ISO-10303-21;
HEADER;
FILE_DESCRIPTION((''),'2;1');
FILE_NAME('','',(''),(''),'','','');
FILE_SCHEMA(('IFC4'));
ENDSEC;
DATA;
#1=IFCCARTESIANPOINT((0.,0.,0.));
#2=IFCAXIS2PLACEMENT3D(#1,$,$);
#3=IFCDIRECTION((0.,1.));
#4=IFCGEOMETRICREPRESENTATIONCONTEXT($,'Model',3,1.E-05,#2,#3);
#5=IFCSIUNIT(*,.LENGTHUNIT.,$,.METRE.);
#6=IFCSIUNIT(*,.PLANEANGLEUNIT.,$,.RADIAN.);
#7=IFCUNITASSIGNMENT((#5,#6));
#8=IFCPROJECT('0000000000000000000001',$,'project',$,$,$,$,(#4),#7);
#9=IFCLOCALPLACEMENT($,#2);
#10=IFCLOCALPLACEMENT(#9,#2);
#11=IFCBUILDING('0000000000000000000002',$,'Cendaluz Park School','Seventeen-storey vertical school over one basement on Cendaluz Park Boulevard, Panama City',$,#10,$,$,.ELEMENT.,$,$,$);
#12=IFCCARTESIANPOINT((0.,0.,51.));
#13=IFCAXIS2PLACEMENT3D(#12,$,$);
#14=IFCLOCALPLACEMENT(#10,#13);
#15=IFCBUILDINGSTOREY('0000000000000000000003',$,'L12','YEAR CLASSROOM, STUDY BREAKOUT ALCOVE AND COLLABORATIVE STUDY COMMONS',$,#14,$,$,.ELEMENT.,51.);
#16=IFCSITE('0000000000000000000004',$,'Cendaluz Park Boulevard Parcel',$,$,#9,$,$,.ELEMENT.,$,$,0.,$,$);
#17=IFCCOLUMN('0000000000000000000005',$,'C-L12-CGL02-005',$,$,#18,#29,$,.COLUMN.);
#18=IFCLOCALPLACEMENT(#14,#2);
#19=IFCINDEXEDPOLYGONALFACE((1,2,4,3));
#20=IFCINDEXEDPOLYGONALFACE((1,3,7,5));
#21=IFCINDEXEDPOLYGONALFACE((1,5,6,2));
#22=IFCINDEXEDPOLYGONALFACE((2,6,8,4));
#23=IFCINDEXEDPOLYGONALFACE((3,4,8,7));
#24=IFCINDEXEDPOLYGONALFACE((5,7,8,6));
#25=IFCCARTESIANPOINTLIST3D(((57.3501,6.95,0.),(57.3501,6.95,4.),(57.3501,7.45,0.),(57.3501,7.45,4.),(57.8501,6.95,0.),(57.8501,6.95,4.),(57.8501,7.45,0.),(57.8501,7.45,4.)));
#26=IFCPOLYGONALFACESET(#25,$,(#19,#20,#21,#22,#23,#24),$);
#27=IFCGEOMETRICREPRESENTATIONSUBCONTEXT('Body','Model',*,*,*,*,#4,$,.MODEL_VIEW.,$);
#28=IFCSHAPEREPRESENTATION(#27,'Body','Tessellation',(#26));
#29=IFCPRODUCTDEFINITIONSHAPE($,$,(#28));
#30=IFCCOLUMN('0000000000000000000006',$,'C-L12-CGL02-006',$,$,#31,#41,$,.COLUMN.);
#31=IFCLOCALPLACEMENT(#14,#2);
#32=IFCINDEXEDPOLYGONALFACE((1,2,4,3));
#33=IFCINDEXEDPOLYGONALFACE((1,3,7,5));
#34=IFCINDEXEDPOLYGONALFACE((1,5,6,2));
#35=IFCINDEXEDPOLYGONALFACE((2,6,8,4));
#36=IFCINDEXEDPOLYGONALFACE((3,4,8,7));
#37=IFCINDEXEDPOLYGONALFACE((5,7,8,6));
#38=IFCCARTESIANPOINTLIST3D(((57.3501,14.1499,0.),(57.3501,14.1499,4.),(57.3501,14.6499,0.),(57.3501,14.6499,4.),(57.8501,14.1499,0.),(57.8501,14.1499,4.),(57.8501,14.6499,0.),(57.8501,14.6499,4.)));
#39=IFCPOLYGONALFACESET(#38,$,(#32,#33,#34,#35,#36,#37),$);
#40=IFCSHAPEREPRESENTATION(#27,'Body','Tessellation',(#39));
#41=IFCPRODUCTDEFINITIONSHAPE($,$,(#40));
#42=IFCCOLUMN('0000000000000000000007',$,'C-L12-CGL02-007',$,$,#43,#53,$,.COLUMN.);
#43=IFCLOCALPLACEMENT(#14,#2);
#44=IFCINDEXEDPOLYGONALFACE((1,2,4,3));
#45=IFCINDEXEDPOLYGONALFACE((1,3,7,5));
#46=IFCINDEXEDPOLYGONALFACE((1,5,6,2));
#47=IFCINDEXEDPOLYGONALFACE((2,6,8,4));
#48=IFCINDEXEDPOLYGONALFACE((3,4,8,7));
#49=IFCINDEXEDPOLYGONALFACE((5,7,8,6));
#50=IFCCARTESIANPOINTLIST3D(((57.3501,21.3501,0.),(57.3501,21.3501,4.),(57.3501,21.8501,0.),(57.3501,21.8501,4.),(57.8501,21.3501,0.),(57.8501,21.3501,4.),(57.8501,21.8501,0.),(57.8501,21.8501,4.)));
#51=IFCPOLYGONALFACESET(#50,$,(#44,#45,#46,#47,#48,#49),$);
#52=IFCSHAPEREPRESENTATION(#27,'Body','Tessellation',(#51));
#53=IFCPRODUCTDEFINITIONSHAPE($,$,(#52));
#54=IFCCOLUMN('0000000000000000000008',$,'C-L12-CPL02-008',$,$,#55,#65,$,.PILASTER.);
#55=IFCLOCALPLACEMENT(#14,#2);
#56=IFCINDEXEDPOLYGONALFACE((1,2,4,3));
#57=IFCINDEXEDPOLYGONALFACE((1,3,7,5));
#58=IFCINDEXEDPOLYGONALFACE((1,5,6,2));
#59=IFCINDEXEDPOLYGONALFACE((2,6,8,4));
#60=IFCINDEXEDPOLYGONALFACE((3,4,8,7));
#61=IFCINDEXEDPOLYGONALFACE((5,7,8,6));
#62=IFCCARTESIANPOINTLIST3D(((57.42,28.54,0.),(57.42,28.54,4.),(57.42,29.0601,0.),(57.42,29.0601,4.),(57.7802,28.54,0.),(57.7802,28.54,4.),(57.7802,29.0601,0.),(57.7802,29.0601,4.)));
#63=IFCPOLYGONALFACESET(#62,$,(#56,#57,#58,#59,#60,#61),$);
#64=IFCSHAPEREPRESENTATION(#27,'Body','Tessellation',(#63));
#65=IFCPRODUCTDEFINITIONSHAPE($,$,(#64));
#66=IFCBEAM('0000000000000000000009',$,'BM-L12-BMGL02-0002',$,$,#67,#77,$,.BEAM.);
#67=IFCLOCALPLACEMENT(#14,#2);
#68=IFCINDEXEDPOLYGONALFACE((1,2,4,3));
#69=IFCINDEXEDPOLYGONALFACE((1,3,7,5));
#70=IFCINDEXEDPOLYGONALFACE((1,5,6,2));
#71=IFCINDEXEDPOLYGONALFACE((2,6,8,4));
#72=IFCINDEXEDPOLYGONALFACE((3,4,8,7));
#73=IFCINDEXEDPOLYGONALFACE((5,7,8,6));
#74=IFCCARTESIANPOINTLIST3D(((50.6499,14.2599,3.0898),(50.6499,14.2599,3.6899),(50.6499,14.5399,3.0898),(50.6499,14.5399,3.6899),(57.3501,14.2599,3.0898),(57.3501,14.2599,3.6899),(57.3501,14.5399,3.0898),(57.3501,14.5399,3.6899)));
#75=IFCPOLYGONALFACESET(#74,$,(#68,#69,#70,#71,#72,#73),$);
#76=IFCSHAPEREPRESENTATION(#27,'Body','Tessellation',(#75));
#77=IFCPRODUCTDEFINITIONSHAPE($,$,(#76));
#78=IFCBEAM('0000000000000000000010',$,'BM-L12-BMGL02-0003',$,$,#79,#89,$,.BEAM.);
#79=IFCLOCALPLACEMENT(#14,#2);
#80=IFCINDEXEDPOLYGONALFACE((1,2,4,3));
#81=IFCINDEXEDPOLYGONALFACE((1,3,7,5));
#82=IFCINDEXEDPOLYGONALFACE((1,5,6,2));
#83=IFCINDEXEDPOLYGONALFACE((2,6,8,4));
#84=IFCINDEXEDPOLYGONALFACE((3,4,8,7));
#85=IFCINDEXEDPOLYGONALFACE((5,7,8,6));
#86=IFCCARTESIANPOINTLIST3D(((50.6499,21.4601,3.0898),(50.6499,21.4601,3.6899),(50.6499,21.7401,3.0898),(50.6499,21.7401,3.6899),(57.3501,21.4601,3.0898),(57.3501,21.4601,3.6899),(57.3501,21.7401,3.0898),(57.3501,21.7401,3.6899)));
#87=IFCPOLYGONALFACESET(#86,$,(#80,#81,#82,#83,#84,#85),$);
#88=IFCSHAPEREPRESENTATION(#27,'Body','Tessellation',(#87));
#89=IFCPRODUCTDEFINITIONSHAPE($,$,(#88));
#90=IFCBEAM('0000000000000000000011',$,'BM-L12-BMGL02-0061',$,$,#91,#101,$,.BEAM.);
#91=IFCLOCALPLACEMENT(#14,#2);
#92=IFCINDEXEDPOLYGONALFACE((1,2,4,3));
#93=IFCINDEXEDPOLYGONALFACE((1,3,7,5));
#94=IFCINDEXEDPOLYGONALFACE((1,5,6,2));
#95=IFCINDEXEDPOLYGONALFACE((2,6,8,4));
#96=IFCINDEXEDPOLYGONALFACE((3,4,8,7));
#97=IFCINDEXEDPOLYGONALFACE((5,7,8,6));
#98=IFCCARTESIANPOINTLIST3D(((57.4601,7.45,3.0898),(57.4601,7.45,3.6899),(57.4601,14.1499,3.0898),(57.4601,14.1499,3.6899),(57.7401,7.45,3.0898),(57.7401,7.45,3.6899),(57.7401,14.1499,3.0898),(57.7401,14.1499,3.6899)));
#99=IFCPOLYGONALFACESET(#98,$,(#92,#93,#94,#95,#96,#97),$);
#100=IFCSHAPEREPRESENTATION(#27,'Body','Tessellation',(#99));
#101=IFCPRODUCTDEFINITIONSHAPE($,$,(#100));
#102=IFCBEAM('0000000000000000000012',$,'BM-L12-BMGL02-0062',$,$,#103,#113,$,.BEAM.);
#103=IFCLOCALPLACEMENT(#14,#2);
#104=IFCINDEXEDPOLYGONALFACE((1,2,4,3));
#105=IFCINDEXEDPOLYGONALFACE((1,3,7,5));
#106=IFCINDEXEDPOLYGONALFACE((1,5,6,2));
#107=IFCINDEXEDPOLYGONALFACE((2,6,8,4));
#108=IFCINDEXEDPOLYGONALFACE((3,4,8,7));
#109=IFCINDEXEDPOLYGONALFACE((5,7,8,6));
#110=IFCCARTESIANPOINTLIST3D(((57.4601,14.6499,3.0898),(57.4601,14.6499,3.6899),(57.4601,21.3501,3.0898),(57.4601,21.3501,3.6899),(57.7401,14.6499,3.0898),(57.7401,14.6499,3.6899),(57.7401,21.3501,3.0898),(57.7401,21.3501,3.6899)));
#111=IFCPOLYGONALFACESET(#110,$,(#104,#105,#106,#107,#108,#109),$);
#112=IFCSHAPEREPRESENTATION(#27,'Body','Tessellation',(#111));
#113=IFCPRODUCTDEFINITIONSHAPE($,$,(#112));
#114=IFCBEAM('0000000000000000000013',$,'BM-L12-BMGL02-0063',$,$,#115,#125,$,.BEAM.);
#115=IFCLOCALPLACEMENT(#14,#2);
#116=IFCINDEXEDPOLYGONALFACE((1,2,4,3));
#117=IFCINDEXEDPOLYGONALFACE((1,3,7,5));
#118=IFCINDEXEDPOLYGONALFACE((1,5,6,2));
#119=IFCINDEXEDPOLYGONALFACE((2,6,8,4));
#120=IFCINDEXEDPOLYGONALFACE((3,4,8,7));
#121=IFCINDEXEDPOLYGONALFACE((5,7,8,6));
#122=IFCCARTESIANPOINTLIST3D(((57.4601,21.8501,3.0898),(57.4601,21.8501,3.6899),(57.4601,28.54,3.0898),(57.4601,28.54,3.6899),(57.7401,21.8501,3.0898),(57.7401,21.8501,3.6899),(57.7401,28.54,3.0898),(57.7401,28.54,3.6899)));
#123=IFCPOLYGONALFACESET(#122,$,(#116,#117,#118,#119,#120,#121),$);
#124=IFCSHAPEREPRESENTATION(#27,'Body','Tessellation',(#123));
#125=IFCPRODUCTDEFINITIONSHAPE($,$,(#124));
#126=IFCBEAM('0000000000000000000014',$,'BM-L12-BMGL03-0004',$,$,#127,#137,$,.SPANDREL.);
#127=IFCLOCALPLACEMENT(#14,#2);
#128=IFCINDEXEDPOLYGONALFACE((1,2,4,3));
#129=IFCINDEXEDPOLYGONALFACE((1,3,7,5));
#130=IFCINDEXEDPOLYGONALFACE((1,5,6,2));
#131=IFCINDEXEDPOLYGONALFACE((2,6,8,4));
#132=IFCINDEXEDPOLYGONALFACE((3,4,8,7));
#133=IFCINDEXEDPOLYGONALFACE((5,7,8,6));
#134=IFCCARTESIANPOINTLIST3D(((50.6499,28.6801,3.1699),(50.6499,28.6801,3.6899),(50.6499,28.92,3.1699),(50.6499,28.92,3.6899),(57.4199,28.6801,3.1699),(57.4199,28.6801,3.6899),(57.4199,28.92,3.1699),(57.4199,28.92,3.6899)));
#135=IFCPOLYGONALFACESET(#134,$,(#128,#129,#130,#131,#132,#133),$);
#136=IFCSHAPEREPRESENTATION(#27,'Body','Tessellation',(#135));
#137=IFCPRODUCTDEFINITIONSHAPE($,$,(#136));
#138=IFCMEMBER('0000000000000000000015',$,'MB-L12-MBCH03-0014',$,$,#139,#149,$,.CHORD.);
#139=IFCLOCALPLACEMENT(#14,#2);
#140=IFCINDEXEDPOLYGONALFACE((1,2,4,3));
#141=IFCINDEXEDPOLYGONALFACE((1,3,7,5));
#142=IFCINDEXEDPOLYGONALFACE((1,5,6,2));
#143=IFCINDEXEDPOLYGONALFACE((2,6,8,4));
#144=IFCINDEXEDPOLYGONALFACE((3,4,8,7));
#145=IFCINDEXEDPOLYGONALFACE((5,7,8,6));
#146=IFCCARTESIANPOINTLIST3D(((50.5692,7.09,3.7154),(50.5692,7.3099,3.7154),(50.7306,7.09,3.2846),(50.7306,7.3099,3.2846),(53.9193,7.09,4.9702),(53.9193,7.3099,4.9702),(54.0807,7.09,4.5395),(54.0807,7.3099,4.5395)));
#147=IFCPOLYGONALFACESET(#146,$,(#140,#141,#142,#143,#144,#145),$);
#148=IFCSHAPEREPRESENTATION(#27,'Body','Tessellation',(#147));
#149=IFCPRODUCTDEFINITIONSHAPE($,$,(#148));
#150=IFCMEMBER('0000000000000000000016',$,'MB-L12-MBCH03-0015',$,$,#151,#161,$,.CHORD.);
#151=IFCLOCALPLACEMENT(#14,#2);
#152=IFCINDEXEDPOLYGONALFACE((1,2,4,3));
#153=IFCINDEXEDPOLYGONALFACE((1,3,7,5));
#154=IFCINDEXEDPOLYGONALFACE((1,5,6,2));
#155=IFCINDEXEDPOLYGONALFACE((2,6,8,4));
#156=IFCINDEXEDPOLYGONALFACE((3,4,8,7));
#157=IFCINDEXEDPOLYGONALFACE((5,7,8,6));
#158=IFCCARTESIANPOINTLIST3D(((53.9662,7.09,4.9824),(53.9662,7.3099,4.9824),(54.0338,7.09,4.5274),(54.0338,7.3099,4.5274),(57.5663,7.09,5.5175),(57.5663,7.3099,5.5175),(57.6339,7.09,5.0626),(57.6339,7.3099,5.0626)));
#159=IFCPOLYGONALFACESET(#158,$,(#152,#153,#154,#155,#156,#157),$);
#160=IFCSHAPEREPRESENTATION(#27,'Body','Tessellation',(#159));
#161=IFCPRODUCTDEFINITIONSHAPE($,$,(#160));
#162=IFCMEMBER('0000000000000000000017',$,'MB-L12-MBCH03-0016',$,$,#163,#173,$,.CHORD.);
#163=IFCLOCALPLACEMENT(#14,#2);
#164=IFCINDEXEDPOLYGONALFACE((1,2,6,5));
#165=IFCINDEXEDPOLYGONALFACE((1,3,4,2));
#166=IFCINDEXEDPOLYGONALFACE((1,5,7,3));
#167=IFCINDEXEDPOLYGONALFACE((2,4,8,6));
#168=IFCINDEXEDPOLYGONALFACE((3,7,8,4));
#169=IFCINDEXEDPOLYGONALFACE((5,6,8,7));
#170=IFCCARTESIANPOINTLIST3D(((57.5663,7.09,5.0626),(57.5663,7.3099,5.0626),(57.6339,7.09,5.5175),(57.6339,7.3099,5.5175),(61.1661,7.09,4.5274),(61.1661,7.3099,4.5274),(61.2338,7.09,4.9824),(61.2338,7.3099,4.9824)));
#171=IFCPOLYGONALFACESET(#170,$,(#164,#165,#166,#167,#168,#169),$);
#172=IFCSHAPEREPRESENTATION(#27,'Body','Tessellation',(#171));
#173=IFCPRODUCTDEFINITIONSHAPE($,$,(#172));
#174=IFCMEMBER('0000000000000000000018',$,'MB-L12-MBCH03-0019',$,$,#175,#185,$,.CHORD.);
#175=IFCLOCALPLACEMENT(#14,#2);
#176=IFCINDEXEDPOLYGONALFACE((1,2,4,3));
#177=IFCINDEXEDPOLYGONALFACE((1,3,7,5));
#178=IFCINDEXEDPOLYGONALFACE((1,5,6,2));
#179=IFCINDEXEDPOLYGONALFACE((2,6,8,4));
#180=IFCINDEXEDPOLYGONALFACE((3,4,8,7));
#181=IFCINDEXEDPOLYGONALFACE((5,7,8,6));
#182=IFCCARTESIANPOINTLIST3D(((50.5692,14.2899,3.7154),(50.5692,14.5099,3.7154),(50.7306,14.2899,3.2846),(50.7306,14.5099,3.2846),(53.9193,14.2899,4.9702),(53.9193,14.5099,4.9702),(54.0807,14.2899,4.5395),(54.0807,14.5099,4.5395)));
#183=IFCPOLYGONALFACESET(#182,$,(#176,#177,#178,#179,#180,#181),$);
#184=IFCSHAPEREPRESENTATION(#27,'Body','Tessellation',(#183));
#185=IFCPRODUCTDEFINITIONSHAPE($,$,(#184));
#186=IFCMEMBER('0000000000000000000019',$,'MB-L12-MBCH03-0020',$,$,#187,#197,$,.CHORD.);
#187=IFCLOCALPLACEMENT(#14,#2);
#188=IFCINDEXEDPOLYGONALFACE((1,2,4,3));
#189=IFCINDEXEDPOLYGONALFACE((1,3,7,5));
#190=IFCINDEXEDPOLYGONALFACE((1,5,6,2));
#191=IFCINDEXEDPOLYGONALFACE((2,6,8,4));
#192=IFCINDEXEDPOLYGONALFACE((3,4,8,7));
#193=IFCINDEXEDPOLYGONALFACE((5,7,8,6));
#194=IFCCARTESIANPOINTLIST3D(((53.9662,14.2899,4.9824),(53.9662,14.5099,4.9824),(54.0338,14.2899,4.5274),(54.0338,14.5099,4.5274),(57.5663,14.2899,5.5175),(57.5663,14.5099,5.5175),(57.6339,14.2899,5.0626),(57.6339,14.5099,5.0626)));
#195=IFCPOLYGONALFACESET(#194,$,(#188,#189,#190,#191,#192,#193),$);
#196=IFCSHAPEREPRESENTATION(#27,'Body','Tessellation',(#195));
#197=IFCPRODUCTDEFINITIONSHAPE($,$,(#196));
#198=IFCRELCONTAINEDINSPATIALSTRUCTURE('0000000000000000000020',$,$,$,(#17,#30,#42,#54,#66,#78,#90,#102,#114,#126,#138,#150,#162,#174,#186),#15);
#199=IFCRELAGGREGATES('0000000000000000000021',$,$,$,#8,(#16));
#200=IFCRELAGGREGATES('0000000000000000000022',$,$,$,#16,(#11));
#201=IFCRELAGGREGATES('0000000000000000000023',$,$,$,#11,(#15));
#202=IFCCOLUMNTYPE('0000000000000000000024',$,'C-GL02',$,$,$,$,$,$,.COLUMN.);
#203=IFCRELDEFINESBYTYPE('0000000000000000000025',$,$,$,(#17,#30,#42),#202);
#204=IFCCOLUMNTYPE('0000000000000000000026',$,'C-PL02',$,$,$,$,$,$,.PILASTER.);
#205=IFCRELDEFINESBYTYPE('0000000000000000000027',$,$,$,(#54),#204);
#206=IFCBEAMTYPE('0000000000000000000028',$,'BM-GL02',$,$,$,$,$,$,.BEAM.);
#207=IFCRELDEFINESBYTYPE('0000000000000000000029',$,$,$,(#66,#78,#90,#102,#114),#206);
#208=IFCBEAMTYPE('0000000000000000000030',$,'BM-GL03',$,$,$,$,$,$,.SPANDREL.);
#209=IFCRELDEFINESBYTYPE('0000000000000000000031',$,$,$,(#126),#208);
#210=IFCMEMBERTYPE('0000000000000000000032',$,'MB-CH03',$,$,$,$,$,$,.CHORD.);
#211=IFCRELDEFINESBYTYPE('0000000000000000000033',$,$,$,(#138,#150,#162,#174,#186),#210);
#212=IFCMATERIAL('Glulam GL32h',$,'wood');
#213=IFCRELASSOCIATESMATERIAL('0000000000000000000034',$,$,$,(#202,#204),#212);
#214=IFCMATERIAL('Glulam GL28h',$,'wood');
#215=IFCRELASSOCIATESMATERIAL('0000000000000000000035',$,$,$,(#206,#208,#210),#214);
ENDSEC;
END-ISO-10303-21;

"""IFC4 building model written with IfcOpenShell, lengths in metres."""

from ifc_helpers import new_model, si_unit, direction, frame, origin, origin_2d, place, context, subcontext, project, spatial, rectangle, extrude, material, material_profile, profile_set, type_object, element, save


model = new_model("IFC4")

# Units and contexts
model_context = context("Model", 3, precision=1e-05, world=origin(), true_north=direction((0.0, 1.0)))
body_context = subcontext(model_context, "Body", "Model", "MODEL_VIEW")
ifc_project = project(units=[si_unit("LENGTHUNIT", "METRE"), si_unit("PLANEANGLEUNIT", "RADIAN")], contexts=[model_context])

# Site, building, storey
site_placement = place(None, origin())
site = spatial("IfcSite", under=ifc_project, at=site_placement, Name="Cendaluz Park Boulevard Parcel", CompositionType="ELEMENT", RefElevation=0.0)
building_placement = place(site_placement, origin())
building = spatial("IfcBuilding", under=site, at=building_placement, Name="Cendaluz Park School", Description="Seventeen-storey vertical school over one basement on Cendaluz Park Boulevard, Panama City", CompositionType="ELEMENT")
storey_placement = place(building_placement, frame((0.0, 0.0, 51.0)))
storey = spatial("IfcBuildingStorey", under=building, at=storey_placement, Name="L12", Description="YEAR CLASSROOM, STUDY BREAKOUT ALCOVE AND COLLABORATIVE STUDY COMMONS", CompositionType="ELEMENT", Elevation=51.0)

# Columns
ifc_material_1 = material(Name="Glulam GL32h", Category="wood")
ifc_material_profile_1 = material_profile(ifc_material_1, rectangle(XDim=0.5, YDim=0.5, at=origin_2d()), Name="GL32h 500x500", Category="wood")
ifc_profile_set_1 = profile_set([ifc_material_profile_1], Name="Glulam GL32h")
column_type_1 = type_object("IfcColumnType", Name="C-GL02", PredefinedType="COLUMN", material=ifc_profile_set_1)
for number, where, z_axis, x_axis, name in (
    (1, (57.6001, 7.2, 0.0), (0.0, 0.0, 1.0), (1.0, 0.0, 0.0), "C-L12-CGL02-005"),
    (2, (57.6001, 14.3999, 0.0), (0.0, 0.0, 1.0), (1.0, 0.0, 0.0), "C-L12-CGL02-006"),
    (3, (57.6001, 21.6001, 0.0), (0.0, 0.0, 1.0), (1.0, 0.0, 0.0), "C-L12-CGL02-007"),
):
    element("IfcColumn", number, at=place(storey_placement, frame(where, z_axis=z_axis, x_axis=x_axis)), inside=storey, type_object=column_type_1, Name=name, PredefinedType="COLUMN", context=body_context, shape_type="SweptSolid", body=[
        extrude(rectangle(XDim=0.5, YDim=0.5, at=origin_2d()), origin(), (0.0, 0.0, 1.0), 4.0),
    ])
ifc_material_profile_2 = material_profile(ifc_material_1, rectangle(XDim=0.3601, YDim=0.52, at=origin_2d()), Name="GL32h 360x520", Category="wood")
ifc_profile_set_2 = profile_set([ifc_material_profile_2], Name="Glulam GL32h")
column_type_2 = type_object("IfcColumnType", Name="C-PL02", PredefinedType="PILASTER", material=ifc_profile_set_2)
column_placement = place(storey_placement, frame((57.6001, 28.8, 0.0), z_axis=(0.0, 0.0, 1.0), x_axis=(1.0, 0.0, 0.0)))
element("IfcColumn", 4, at=column_placement, inside=storey, type_object=column_type_2, Name="C-L12-CPL02-008", PredefinedType="PILASTER", context=body_context, shape_type="SweptSolid", body=[
    extrude(rectangle(XDim=0.3601, YDim=0.52, at=origin_2d()), origin(), (0.0, 0.0, 1.0), 4.0),
])

# Beams
ifc_material_2 = material(Name="Glulam GL28h", Category="wood")
ifc_material_profile_3 = material_profile(ifc_material_2, rectangle(XDim=0.28, YDim=0.6001, at=origin_2d()), Name="GL28h 280x600", Category="wood")
ifc_profile_set_3 = profile_set([ifc_material_profile_3], Name="Glulam GL28h")
beam_type_1 = type_object("IfcBeamType", Name="BM-GL02", PredefinedType="BEAM", material=ifc_profile_set_3)
for number, where, z_axis, x_axis, name in (
    (5, (50.6499, 14.3999, 3.3899), (1.0, 0.0, 0.0), (0.0, 1.0, 0.0), "BM-L12-BMGL02-0002"),
    (6, (50.6499, 21.6001, 3.3899), (1.0, 0.0, 0.0), (0.0, 1.0, 0.0), "BM-L12-BMGL02-0003"),
):
    element("IfcBeam", number, at=place(storey_placement, frame(where, z_axis=z_axis, x_axis=x_axis)), inside=storey, type_object=beam_type_1, Name=name, PredefinedType="BEAM", context=body_context, shape_type="SweptSolid", body=[
        extrude(rectangle(XDim=0.28, YDim=0.6001, at=origin_2d()), origin(), (0.0, 0.0, 1.0), 6.7002),
    ])
beam_1_placement = place(storey_placement, frame((57.6001, 7.45, 3.3899), z_axis=(0.0, 1.0, 0.0), x_axis=(-1.0, 0.0, 0.0)))
element("IfcBeam", 7, at=beam_1_placement, inside=storey, type_object=beam_type_1, Name="BM-L12-BMGL02-0061", PredefinedType="BEAM", context=body_context, shape_type="SweptSolid", body=[
    extrude(rectangle(XDim=0.28, YDim=0.6001, at=origin_2d()), origin(), (0.0, 0.0, 1.0), 6.7),
])
beam_2_placement = place(storey_placement, frame((57.6001, 14.6499, 3.3899), z_axis=(0.0, 1.0, 0.0), x_axis=(-1.0, 0.0, 0.0)))
element("IfcBeam", 8, at=beam_2_placement, inside=storey, type_object=beam_type_1, Name="BM-L12-BMGL02-0062", PredefinedType="BEAM", context=body_context, shape_type="SweptSolid", body=[
    extrude(rectangle(XDim=0.28, YDim=0.6001, at=origin_2d()), origin(), (0.0, 0.0, 1.0), 6.7002),
])
beam_3_placement = place(storey_placement, frame((57.6001, 21.8501, 3.3899), z_axis=(0.0, 1.0, 0.0), x_axis=(-1.0, 0.0, 0.0)))
element("IfcBeam", 9, at=beam_3_placement, inside=storey, type_object=beam_type_1, Name="BM-L12-BMGL02-0063", PredefinedType="BEAM", context=body_context, shape_type="SweptSolid", body=[
    extrude(rectangle(XDim=0.28, YDim=0.6001, at=origin_2d()), origin(), (0.0, 0.0, 1.0), 6.6899),
])
ifc_material_profile_4 = material_profile(ifc_material_2, rectangle(XDim=0.24, YDim=0.52, at=origin_2d()), Name="GL28h 240x520", Category="wood")
ifc_profile_set_4 = profile_set([ifc_material_profile_4], Name="Glulam GL28h")
beam_type_2 = type_object("IfcBeamType", Name="BM-GL03", PredefinedType="SPANDREL", material=ifc_profile_set_4)
beam_4_placement = place(storey_placement, frame((50.6499, 28.8, 3.4299), z_axis=(1.0, 0.0, 0.0), x_axis=(0.0, 1.0, 0.0)))
element("IfcBeam", 10, at=beam_4_placement, inside=storey, type_object=beam_type_2, Name="BM-L12-BMGL03-0004", PredefinedType="SPANDREL", context=body_context, shape_type="SweptSolid", body=[
    extrude(rectangle(XDim=0.24, YDim=0.52, at=origin_2d()), origin(), (0.0, 0.0, 1.0), 6.77),
])

# Members
ifc_material_profile_5 = material_profile(ifc_material_2, rectangle(XDim=0.22, YDim=0.46, at=origin_2d()), Name="GL28h 220x460", Category="wood")
ifc_profile_set_5 = profile_set([ifc_material_profile_5], Name="Glulam GL28h")
member_type_1 = type_object("IfcMemberType", Name="MB-CH03", PredefinedType="CHORD", material=ifc_profile_set_5)
member_1_placement = place(storey_placement, frame((50.6499, 7.2, 3.5), z_axis=(0.936458, 0.0, 0.350779), x_axis=(0.0, 1.0, 0.0)))
element("IfcMember", 11, at=member_1_placement, inside=storey, type_object=member_type_1, Name="MB-L12-MBCH03-0014", PredefinedType="CHORD", context=body_context, shape_type="SweptSolid", body=[
    extrude(rectangle(XDim=0.22, YDim=0.46, at=origin_2d()), origin(), (0.0, 0.0, 1.0), 3.5774),
])
member_2_placement = place(storey_placement, frame((54.0, 7.2, 4.7549), z_axis=(0.989131, 0.0, 0.147035), x_axis=(0.0, 1.0, 0.0)))
element("IfcMember", 12, at=member_2_placement, inside=storey, type_object=member_type_1, Name="MB-L12-MBCH03-0015", PredefinedType="CHORD", context=body_context, shape_type="SweptSolid", body=[
    extrude(rectangle(XDim=0.22, YDim=0.46, at=origin_2d()), origin(), (0.0, 0.0, 1.0), 3.6396),
])
member_3_placement = place(storey_placement, frame((57.6001, 7.2, 5.29), z_axis=(0.98913, 0.0, -0.147045), x_axis=(0.0, 1.0, 0.0)))
element("IfcMember", 13, at=member_3_placement, inside=storey, type_object=member_type_1, Name="MB-L12-MBCH03-0016", PredefinedType="CHORD", context=body_context, shape_type="SweptSolid", body=[
    extrude(rectangle(XDim=0.22, YDim=0.46, at=origin_2d()), origin(), (0.0, 0.0, 1.0), 3.6394),
])
member_4_placement = place(storey_placement, frame((50.6499, 14.3999, 3.5), z_axis=(0.936458, 0.0, 0.350779), x_axis=(0.0, 1.0, 0.0)))
element("IfcMember", 14, at=member_4_placement, inside=storey, type_object=member_type_1, Name="MB-L12-MBCH03-0019", PredefinedType="CHORD", context=body_context, shape_type="SweptSolid", body=[
    extrude(rectangle(XDim=0.22, YDim=0.46, at=origin_2d()), origin(), (0.0, 0.0, 1.0), 3.5774),
])
member_5_placement = place(storey_placement, frame((54.0, 14.3999, 4.7549), z_axis=(0.989131, 0.0, 0.147035), x_axis=(0.0, 1.0, 0.0)))
element("IfcMember", 15, at=member_5_placement, inside=storey, type_object=member_type_1, Name="MB-L12-MBCH03-0020", PredefinedType="CHORD", context=body_context, shape_type="SweptSolid", body=[
    extrude(rectangle(XDim=0.22, YDim=0.46, at=origin_2d()), origin(), (0.0, 0.0, 1.0), 3.6396),
])

save(model, "model.ifc")
